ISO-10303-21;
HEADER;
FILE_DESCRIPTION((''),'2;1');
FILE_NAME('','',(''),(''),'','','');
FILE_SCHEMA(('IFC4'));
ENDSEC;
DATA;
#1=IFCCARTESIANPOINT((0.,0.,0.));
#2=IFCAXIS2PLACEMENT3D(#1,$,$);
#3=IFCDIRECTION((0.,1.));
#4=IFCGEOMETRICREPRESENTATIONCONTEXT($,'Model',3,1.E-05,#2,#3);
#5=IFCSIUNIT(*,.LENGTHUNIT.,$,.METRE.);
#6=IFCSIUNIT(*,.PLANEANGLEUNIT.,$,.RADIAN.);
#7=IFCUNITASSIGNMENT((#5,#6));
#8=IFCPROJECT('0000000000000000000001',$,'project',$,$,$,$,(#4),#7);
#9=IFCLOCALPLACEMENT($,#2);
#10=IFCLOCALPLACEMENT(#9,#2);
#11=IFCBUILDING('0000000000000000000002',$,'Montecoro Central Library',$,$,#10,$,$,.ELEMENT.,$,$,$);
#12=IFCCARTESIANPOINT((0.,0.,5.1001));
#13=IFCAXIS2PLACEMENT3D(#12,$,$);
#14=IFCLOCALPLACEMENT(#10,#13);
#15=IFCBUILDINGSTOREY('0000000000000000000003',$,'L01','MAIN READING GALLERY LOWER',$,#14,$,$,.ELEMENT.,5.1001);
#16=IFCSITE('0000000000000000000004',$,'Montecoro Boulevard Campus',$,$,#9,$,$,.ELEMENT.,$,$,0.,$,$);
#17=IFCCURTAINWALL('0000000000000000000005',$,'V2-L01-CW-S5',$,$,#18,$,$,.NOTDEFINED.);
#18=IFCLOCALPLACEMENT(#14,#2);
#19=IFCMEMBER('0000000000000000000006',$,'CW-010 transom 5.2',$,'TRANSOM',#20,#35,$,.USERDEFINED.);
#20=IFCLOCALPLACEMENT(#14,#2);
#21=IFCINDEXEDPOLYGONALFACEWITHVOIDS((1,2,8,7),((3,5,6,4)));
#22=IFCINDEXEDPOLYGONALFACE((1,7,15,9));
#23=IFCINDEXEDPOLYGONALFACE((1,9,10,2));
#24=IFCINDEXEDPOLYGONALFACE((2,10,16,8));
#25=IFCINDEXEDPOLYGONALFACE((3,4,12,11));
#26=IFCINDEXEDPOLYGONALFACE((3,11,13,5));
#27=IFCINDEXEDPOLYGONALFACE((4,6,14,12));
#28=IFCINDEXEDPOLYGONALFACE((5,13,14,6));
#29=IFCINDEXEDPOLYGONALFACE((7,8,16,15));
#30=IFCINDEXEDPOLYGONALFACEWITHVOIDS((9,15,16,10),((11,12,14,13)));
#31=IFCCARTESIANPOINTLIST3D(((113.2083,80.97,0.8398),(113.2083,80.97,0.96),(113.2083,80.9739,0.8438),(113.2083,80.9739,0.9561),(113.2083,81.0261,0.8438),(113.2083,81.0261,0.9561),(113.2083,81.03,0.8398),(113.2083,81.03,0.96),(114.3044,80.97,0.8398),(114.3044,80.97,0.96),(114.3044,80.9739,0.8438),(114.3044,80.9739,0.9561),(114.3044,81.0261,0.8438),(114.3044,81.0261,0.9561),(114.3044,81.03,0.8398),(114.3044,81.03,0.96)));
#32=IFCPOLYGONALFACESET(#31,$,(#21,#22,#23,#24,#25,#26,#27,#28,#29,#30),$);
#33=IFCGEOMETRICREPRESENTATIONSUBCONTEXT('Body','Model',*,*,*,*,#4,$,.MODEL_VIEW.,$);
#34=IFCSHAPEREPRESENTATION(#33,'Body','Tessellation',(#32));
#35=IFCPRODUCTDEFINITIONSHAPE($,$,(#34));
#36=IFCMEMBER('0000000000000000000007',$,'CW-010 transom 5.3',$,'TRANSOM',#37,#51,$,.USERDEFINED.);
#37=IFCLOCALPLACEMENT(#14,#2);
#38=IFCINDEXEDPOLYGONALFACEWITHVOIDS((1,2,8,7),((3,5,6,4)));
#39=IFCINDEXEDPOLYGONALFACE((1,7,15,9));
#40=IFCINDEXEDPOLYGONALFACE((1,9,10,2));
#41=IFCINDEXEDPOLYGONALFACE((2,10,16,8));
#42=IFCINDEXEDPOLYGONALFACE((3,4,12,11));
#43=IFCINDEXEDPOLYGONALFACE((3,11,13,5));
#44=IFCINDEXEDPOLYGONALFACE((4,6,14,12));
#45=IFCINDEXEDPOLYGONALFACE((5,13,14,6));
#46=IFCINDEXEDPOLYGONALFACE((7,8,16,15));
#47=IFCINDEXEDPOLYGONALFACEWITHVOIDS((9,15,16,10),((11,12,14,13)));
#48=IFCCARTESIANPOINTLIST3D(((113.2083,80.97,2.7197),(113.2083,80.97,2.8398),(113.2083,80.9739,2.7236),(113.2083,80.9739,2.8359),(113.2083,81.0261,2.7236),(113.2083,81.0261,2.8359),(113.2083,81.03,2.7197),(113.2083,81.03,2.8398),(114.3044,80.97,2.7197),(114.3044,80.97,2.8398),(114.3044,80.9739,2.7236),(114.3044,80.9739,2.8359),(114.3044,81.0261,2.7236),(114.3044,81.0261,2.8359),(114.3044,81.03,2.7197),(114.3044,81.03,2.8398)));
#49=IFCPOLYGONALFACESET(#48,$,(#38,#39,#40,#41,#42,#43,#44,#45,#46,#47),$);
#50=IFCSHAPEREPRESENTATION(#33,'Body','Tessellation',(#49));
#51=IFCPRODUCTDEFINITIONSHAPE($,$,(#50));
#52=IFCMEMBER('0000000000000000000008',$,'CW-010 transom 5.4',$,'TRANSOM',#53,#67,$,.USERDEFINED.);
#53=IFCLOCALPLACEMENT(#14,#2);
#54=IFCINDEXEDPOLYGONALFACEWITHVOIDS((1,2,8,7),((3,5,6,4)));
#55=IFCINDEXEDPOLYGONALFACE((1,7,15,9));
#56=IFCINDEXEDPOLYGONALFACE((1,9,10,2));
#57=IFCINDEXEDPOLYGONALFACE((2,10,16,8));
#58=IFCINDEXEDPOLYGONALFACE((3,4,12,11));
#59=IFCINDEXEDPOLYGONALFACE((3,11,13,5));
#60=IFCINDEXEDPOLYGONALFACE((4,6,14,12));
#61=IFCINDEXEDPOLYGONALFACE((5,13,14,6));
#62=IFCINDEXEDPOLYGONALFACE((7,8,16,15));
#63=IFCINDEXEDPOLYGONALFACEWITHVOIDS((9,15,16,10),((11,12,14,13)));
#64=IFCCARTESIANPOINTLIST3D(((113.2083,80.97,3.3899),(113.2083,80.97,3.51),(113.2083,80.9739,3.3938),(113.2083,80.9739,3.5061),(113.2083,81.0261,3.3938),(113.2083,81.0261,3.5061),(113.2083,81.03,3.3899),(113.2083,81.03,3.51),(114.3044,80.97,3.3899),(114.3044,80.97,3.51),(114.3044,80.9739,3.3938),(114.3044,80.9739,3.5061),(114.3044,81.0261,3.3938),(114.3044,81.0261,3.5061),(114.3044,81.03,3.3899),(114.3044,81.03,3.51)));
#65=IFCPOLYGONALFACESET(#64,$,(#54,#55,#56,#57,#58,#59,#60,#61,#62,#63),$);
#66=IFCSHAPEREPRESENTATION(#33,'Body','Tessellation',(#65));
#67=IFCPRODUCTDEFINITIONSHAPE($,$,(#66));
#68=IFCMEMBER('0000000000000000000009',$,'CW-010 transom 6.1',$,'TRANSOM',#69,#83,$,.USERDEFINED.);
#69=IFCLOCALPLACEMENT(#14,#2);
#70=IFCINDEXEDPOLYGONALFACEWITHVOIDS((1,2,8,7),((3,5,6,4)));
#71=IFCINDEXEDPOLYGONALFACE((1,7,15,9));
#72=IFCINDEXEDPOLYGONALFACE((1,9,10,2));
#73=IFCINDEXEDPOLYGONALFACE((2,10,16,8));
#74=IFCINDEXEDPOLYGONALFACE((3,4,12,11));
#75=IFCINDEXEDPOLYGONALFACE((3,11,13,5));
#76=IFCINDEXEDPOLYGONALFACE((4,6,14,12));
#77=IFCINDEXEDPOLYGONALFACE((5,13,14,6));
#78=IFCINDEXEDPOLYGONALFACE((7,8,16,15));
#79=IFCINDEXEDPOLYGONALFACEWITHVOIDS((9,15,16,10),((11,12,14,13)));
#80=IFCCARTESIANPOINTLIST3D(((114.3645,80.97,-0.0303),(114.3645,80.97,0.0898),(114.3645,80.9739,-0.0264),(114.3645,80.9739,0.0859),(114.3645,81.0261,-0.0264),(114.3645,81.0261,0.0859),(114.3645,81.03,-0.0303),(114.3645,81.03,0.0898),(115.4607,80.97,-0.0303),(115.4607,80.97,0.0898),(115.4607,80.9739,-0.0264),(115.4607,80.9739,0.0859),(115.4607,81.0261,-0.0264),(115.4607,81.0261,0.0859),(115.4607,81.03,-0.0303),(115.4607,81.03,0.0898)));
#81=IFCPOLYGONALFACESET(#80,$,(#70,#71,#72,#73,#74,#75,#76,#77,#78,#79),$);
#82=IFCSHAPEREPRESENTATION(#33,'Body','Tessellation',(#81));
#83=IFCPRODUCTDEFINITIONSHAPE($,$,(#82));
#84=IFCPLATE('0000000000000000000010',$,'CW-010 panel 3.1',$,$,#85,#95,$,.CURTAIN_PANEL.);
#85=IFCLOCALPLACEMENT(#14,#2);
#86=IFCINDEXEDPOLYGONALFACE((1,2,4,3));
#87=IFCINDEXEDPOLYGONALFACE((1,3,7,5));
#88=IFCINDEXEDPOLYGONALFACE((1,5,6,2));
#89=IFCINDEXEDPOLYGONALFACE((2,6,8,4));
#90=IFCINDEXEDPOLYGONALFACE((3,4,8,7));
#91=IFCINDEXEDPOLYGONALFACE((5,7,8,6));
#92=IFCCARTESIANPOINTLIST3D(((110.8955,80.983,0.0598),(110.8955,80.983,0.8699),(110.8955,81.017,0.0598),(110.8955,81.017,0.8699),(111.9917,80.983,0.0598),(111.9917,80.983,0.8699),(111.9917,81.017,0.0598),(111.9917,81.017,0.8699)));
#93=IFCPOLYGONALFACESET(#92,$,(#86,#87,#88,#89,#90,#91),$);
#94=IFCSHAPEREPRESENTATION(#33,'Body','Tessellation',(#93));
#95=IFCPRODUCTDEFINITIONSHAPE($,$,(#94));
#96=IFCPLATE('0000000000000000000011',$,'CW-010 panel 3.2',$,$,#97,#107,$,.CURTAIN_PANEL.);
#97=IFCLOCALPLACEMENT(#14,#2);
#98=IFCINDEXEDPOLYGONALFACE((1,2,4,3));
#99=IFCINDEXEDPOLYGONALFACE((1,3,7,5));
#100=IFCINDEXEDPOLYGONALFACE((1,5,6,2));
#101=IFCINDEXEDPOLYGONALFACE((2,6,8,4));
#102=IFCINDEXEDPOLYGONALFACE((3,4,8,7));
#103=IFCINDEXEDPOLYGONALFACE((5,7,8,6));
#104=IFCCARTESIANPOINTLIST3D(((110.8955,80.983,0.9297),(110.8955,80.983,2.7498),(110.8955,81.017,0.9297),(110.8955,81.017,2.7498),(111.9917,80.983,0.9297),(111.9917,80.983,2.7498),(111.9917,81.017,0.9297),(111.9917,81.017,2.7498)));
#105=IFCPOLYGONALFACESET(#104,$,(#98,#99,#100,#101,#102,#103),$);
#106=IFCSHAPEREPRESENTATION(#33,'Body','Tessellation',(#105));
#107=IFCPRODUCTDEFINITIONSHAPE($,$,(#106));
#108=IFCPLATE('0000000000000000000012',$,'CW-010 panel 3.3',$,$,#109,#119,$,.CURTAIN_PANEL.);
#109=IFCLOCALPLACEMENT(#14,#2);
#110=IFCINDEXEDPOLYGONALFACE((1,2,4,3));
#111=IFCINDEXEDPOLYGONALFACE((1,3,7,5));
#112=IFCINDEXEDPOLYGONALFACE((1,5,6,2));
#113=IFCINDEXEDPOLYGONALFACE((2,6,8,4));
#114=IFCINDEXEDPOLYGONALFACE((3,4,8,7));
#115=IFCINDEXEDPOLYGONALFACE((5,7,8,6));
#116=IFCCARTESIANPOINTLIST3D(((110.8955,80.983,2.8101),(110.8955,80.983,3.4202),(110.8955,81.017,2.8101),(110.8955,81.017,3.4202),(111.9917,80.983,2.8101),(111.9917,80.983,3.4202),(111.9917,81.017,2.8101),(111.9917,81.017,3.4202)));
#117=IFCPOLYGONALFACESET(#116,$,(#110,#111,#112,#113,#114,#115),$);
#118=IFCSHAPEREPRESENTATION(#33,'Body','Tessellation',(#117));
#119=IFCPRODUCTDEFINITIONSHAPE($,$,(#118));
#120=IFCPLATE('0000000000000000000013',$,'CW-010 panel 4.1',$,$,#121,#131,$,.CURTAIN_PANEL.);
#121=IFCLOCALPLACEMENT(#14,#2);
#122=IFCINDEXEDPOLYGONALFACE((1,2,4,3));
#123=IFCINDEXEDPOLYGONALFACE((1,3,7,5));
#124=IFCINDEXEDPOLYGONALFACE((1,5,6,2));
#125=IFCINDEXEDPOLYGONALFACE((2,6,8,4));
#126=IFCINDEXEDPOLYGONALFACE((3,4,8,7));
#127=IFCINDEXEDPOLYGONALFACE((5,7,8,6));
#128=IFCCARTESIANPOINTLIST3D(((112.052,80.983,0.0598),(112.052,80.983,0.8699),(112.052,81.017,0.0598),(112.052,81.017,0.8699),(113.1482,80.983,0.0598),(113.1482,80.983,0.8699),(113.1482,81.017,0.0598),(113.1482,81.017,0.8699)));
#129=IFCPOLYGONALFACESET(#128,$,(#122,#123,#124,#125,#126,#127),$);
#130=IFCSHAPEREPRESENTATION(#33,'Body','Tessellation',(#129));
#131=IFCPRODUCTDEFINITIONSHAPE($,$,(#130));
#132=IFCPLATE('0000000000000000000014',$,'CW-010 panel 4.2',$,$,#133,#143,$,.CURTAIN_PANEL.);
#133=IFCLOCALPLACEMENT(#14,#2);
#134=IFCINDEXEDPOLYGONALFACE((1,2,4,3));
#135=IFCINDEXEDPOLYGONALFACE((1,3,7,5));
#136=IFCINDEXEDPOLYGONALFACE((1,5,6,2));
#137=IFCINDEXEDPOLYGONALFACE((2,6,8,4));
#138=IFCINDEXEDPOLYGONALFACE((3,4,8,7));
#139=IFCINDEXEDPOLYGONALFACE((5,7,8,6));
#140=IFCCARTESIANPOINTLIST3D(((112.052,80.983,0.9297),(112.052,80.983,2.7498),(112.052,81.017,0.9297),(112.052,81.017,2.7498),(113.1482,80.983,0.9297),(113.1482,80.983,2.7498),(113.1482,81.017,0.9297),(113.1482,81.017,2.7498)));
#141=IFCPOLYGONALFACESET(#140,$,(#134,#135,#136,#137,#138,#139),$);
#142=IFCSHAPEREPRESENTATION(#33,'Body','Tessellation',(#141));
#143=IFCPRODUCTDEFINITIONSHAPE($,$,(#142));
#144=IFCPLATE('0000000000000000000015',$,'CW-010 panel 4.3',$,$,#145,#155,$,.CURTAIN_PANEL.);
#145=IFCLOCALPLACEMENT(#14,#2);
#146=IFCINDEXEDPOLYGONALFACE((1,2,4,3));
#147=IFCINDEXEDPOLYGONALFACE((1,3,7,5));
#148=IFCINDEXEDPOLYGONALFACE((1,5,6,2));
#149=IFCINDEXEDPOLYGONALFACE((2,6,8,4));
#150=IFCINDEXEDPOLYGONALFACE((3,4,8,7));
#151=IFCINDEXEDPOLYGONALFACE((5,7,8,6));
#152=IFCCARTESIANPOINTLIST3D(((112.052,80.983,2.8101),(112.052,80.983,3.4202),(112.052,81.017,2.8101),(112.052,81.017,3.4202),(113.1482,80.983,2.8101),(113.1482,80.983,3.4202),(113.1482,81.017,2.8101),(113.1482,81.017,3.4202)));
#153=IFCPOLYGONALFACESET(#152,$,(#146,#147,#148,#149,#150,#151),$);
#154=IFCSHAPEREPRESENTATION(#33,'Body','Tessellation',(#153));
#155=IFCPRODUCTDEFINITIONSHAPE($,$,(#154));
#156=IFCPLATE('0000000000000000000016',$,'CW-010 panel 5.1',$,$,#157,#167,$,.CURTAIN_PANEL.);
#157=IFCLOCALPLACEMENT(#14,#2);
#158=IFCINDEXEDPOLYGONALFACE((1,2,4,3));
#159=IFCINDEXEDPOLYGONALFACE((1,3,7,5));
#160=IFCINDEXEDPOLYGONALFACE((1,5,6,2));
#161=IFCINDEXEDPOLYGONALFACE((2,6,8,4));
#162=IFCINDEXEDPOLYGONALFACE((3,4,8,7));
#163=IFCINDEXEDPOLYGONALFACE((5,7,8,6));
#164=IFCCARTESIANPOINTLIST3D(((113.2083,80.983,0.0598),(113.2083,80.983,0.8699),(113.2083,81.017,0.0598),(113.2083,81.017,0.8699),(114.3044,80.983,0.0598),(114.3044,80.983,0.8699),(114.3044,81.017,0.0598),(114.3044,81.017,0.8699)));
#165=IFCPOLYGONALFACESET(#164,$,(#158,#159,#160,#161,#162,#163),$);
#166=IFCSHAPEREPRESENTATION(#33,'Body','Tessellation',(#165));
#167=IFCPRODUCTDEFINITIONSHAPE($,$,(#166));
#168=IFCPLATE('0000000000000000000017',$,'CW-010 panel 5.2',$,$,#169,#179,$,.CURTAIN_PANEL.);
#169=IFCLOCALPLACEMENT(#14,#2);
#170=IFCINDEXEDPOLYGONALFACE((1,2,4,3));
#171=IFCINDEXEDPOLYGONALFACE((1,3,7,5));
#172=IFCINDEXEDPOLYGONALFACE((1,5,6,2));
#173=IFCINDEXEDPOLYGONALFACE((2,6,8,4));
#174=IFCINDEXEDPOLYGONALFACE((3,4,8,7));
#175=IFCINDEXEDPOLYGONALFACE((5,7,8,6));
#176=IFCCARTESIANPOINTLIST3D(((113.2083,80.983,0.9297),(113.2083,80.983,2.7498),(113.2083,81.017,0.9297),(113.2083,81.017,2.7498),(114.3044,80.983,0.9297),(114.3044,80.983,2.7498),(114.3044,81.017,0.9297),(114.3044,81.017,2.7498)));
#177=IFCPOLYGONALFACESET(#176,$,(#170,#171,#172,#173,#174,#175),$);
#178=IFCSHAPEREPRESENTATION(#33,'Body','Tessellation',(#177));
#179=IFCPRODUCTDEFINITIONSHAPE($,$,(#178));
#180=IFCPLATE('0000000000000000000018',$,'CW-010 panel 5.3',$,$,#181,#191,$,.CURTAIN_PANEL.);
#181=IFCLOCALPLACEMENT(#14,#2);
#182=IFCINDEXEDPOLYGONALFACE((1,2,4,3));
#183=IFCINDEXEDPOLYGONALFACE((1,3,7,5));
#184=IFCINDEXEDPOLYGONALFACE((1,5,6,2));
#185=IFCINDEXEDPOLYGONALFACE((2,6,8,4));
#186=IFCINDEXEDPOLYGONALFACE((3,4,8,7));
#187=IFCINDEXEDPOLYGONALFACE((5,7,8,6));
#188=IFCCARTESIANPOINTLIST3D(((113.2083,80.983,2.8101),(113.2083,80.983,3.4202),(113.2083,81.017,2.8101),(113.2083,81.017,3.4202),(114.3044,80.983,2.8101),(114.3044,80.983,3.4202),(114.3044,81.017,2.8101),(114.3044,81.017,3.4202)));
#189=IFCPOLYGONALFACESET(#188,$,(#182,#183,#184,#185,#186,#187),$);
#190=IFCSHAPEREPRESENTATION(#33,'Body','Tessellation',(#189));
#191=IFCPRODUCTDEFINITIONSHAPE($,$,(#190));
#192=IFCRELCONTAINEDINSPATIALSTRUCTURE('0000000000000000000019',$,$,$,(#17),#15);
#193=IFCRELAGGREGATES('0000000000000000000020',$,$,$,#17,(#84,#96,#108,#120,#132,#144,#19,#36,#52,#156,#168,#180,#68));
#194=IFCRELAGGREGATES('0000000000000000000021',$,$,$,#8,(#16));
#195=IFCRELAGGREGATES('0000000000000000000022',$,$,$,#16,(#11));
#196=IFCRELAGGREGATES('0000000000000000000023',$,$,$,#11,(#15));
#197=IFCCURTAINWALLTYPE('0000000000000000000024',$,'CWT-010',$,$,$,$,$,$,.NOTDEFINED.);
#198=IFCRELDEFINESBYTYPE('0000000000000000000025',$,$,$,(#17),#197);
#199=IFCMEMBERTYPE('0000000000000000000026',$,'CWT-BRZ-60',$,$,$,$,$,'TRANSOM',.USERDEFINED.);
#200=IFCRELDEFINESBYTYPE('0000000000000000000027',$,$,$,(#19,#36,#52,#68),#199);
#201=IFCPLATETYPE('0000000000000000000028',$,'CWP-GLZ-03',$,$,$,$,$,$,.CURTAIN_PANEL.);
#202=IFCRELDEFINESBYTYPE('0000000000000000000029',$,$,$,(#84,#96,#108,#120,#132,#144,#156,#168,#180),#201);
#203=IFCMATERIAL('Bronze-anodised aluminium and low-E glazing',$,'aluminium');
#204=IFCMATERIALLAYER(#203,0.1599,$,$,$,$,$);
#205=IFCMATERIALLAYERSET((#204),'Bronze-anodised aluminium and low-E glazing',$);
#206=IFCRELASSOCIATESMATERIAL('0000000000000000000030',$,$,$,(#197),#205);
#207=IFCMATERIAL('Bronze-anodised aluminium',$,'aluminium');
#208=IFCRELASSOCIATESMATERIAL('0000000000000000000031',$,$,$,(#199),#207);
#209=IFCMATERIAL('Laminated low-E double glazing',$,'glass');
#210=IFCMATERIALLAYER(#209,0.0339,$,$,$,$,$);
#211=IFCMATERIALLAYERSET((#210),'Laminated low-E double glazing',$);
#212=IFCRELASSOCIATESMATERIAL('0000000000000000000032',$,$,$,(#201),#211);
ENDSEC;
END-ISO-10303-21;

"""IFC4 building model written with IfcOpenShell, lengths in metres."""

from ifc_helpers import new_model, si_unit, direction, frame, origin, origin_2d, place, context, subcontext, project, spatial, rectangle, hollow_rectangle, extrude, material, layer, layer_set, material_profile, profile_set, type_object, element, aggregate, save


model = new_model("IFC4")

# Units and contexts
model_context = context("Model", 3, precision=1e-05, world=origin(), true_north=direction((0.0, 1.0)))
body_context = subcontext(model_context, "Body", "Model", "MODEL_VIEW")
ifc_project = project(units=[si_unit("LENGTHUNIT", "METRE"), si_unit("PLANEANGLEUNIT", "RADIAN")], contexts=[model_context])

# Site, building, storey
site_placement = place(None, origin())
site = spatial("IfcSite", under=ifc_project, at=site_placement, Name="Montecoro Boulevard Campus", CompositionType="ELEMENT", RefElevation=0.0)
building_placement = place(site_placement, origin())
building = spatial("IfcBuilding", under=site, at=building_placement, Name="Montecoro Central Library", CompositionType="ELEMENT")
storey_placement = place(building_placement, frame((0.0, 0.0, 5.1001)))
storey = spatial("IfcBuildingStorey", under=building, at=storey_placement, Name="L01", Description="MAIN READING GALLERY LOWER", CompositionType="ELEMENT", Elevation=5.1001)

# Curtain wall, members, plates
ifc_material_1 = material(Name="Bronze-anodised aluminium and low-E glazing", Category="aluminium")
ifc_layer_1 = layer(ifc_material_1, 0.1599)
ifc_layer_set_1 = layer_set([ifc_layer_1], Name="Bronze-anodised aluminium and low-E glazing")
curtain_wall_type = type_object("IfcCurtainWallType", Name="CWT-010", PredefinedType="NOTDEFINED", material=ifc_layer_set_1)
curtain_wall_placement = place(storey_placement, origin())
curtain_wall = element("IfcCurtainWall", 1, at=curtain_wall_placement, inside=storey, type_object=curtain_wall_type, Name="V2-L01-CW-S5", PredefinedType="NOTDEFINED")
ifc_material_2 = material(Name="Bronze-anodised aluminium", Category="aluminium")
ifc_material_profile_1 = material_profile(ifc_material_2, hollow_rectangle(XDim=0.0601, YDim=0.1201, WallThickness=0.0039, at=origin_2d()), Name="CWT 120x60x4.0")
ifc_profile_set_1 = profile_set([ifc_material_profile_1], Name="Bronze-anodised aluminium")
member_type_1 = type_object("IfcMemberType", Name="CWT-BRZ-60", ElementType="TRANSOM", PredefinedType="USERDEFINED", material=ifc_profile_set_1)
member_1_placement = place(storey_placement, frame((113.2083, 81.0, 0.8999), z_axis=(1.0, 0.0, 0.0), x_axis=(0.0, 1.0, 0.0)))
member_1 = element("IfcMember", 2, at=member_1_placement, type_object=member_type_1, Name="CW-010 transom 5.2", ObjectType="TRANSOM", PredefinedType="USERDEFINED", context=body_context, shape_type="SweptSolid", body=[
    extrude(hollow_rectangle(XDim=0.0601, YDim=0.1201, WallThickness=0.0039, at=origin_2d()), origin(), (0.0, 0.0, 1.0), 1.0962),
])
member_2_placement = place(storey_placement, frame((113.2083, 81.0, 2.7798), z_axis=(1.0, 0.0, 0.0), x_axis=(0.0, 1.0, 0.0)))
member_2 = element("IfcMember", 3, at=member_2_placement, type_object=member_type_1, Name="CW-010 transom 5.3", ObjectType="TRANSOM", PredefinedType="USERDEFINED", context=body_context, shape_type="SweptSolid", body=[
    extrude(hollow_rectangle(XDim=0.0601, YDim=0.1201, WallThickness=0.0039, at=origin_2d()), origin(), (0.0, 0.0, 1.0), 1.0962),
])
member_3_placement = place(storey_placement, frame((113.2083, 81.0, 3.45), z_axis=(1.0, 0.0, 0.0), x_axis=(0.0, 1.0, 0.0)))
member_3 = element("IfcMember", 4, at=member_3_placement, type_object=member_type_1, Name="CW-010 transom 5.4", ObjectType="TRANSOM", PredefinedType="USERDEFINED", context=body_context, shape_type="SweptSolid", body=[
    extrude(hollow_rectangle(XDim=0.0601, YDim=0.1201, WallThickness=0.0039, at=origin_2d()), origin(), (0.0, 0.0, 1.0), 1.0962),
])
member_4_placement = place(storey_placement, frame((114.3645, 81.0, 0.0298), z_axis=(1.0, 0.0, 0.0), x_axis=(0.0, 1.0, 0.0)))
member_4 = element("IfcMember", 5, at=member_4_placement, type_object=member_type_1, Name="CW-010 transom 6.1", ObjectType="TRANSOM", PredefinedType="USERDEFINED", context=body_context, shape_type="SweptSolid", body=[
    extrude(hollow_rectangle(XDim=0.0601, YDim=0.1201, WallThickness=0.0039, at=origin_2d()), origin(), (0.0, 0.0, 1.0), 1.0962),
])
ifc_material_3 = material(Name="Laminated low-E double glazing", Category="glass")
ifc_layer_2 = layer(ifc_material_3, 0.0339)
ifc_layer_set_2 = layer_set([ifc_layer_2], Name="Laminated low-E double glazing")
plate_type = type_object("IfcPlateType", Name="CWP-GLZ-03", PredefinedType="CURTAIN_PANEL", material=ifc_layer_set_2)
plate_1_placement = place(storey_placement, frame((111.4436, 81.0, 0.0598), z_axis=(0.0, 0.0, 1.0), x_axis=(1.0, 0.0, 0.0)))
plate_1 = element("IfcPlate", 6, at=plate_1_placement, type_object=plate_type, Name="CW-010 panel 3.1", PredefinedType="CURTAIN_PANEL", context=body_context, shape_type="SweptSolid", body=[
    extrude(rectangle(XDim=1.0962, YDim=0.0339, at=origin_2d()), origin(), (0.0, 0.0, 1.0), 0.8101),
])
plate_2_placement = place(storey_placement, frame((111.4436, 81.0, 0.9297), z_axis=(0.0, 0.0, 1.0), x_axis=(1.0, 0.0, 0.0)))
plate_2 = element("IfcPlate", 7, at=plate_2_placement, type_object=plate_type, Name="CW-010 panel 3.2", PredefinedType="CURTAIN_PANEL", context=body_context, shape_type="SweptSolid", body=[
    extrude(rectangle(XDim=1.0962, YDim=0.0339, at=origin_2d()), origin(), (0.0, 0.0, 1.0), 1.8201),
])
plate_3_placement = place(storey_placement, frame((111.4436, 81.0, 2.8101), z_axis=(0.0, 0.0, 1.0), x_axis=(1.0, 0.0, 0.0)))
plate_3 = element("IfcPlate", 8, at=plate_3_placement, type_object=plate_type, Name="CW-010 panel 3.3", PredefinedType="CURTAIN_PANEL", context=body_context, shape_type="SweptSolid", body=[
    extrude(rectangle(XDim=1.0962, YDim=0.0339, at=origin_2d()), origin(), (0.0, 0.0, 1.0), 0.6101),
])
plate_4_placement = place(storey_placement, frame((112.6001, 81.0, 0.0598), z_axis=(0.0, 0.0, 1.0), x_axis=(1.0, 0.0, 0.0)))
plate_4 = element("IfcPlate", 9, at=plate_4_placement, type_object=plate_type, Name="CW-010 panel 4.1", PredefinedType="CURTAIN_PANEL", context=body_context, shape_type="SweptSolid", body=[
    extrude(rectangle(XDim=1.0962, YDim=0.0339, at=origin_2d()), origin(), (0.0, 0.0, 1.0), 0.8101),
])
plate_5_placement = place(storey_placement, frame((112.6001, 81.0, 0.9297), z_axis=(0.0, 0.0, 1.0), x_axis=(1.0, 0.0, 0.0)))
plate_5 = element("IfcPlate", 10, at=plate_5_placement, type_object=plate_type, Name="CW-010 panel 4.2", PredefinedType="CURTAIN_PANEL", context=body_context, shape_type="SweptSolid", body=[
    extrude(rectangle(XDim=1.0962, YDim=0.0339, at=origin_2d()), origin(), (0.0, 0.0, 1.0), 1.8201),
])
plate_6_placement = place(storey_placement, frame((112.6001, 81.0, 2.8101), z_axis=(0.0, 0.0, 1.0), x_axis=(1.0, 0.0, 0.0)))
plate_6 = element("IfcPlate", 11, at=plate_6_placement, type_object=plate_type, Name="CW-010 panel 4.3", PredefinedType="CURTAIN_PANEL", context=body_context, shape_type="SweptSolid", body=[
    extrude(rectangle(XDim=1.0962, YDim=0.0339, at=origin_2d()), origin(), (0.0, 0.0, 1.0), 0.6101),
])
plate_7_placement = place(storey_placement, frame((113.7563, 81.0, 0.0598), z_axis=(0.0, 0.0, 1.0), x_axis=(1.0, 0.0, 0.0)))
plate_7 = element("IfcPlate", 12, at=plate_7_placement, type_object=plate_type, Name="CW-010 panel 5.1", PredefinedType="CURTAIN_PANEL", context=body_context, shape_type="SweptSolid", body=[
    extrude(rectangle(XDim=1.0962, YDim=0.0339, at=origin_2d()), origin(), (0.0, 0.0, 1.0), 0.8101),
])
plate_8_placement = place(storey_placement, frame((113.7563, 81.0, 0.9297), z_axis=(0.0, 0.0, 1.0), x_axis=(1.0, 0.0, 0.0)))
plate_8 = element("IfcPlate", 13, at=plate_8_placement, type_object=plate_type, Name="CW-010 panel 5.2", PredefinedType="CURTAIN_PANEL", context=body_context, shape_type="SweptSolid", body=[
    extrude(rectangle(XDim=1.0962, YDim=0.0339, at=origin_2d()), origin(), (0.0, 0.0, 1.0), 1.8201),
])
plate_9_placement = place(storey_placement, frame((113.7563, 81.0, 2.8101), z_axis=(0.0, 0.0, 1.0), x_axis=(1.0, 0.0, 0.0)))
plate_9 = element("IfcPlate", 14, at=plate_9_placement, type_object=plate_type, Name="CW-010 panel 5.3", PredefinedType="CURTAIN_PANEL", context=body_context, shape_type="SweptSolid", body=[
    extrude(rectangle(XDim=1.0962, YDim=0.0339, at=origin_2d()), origin(), (0.0, 0.0, 1.0), 0.6101),
])
aggregate(curtain_wall, [plate_1, plate_2, plate_3, plate_4, plate_5, plate_6, member_1, member_2, member_3, plate_7, plate_8, plate_9, member_4])

save(model, "model.ifc")
